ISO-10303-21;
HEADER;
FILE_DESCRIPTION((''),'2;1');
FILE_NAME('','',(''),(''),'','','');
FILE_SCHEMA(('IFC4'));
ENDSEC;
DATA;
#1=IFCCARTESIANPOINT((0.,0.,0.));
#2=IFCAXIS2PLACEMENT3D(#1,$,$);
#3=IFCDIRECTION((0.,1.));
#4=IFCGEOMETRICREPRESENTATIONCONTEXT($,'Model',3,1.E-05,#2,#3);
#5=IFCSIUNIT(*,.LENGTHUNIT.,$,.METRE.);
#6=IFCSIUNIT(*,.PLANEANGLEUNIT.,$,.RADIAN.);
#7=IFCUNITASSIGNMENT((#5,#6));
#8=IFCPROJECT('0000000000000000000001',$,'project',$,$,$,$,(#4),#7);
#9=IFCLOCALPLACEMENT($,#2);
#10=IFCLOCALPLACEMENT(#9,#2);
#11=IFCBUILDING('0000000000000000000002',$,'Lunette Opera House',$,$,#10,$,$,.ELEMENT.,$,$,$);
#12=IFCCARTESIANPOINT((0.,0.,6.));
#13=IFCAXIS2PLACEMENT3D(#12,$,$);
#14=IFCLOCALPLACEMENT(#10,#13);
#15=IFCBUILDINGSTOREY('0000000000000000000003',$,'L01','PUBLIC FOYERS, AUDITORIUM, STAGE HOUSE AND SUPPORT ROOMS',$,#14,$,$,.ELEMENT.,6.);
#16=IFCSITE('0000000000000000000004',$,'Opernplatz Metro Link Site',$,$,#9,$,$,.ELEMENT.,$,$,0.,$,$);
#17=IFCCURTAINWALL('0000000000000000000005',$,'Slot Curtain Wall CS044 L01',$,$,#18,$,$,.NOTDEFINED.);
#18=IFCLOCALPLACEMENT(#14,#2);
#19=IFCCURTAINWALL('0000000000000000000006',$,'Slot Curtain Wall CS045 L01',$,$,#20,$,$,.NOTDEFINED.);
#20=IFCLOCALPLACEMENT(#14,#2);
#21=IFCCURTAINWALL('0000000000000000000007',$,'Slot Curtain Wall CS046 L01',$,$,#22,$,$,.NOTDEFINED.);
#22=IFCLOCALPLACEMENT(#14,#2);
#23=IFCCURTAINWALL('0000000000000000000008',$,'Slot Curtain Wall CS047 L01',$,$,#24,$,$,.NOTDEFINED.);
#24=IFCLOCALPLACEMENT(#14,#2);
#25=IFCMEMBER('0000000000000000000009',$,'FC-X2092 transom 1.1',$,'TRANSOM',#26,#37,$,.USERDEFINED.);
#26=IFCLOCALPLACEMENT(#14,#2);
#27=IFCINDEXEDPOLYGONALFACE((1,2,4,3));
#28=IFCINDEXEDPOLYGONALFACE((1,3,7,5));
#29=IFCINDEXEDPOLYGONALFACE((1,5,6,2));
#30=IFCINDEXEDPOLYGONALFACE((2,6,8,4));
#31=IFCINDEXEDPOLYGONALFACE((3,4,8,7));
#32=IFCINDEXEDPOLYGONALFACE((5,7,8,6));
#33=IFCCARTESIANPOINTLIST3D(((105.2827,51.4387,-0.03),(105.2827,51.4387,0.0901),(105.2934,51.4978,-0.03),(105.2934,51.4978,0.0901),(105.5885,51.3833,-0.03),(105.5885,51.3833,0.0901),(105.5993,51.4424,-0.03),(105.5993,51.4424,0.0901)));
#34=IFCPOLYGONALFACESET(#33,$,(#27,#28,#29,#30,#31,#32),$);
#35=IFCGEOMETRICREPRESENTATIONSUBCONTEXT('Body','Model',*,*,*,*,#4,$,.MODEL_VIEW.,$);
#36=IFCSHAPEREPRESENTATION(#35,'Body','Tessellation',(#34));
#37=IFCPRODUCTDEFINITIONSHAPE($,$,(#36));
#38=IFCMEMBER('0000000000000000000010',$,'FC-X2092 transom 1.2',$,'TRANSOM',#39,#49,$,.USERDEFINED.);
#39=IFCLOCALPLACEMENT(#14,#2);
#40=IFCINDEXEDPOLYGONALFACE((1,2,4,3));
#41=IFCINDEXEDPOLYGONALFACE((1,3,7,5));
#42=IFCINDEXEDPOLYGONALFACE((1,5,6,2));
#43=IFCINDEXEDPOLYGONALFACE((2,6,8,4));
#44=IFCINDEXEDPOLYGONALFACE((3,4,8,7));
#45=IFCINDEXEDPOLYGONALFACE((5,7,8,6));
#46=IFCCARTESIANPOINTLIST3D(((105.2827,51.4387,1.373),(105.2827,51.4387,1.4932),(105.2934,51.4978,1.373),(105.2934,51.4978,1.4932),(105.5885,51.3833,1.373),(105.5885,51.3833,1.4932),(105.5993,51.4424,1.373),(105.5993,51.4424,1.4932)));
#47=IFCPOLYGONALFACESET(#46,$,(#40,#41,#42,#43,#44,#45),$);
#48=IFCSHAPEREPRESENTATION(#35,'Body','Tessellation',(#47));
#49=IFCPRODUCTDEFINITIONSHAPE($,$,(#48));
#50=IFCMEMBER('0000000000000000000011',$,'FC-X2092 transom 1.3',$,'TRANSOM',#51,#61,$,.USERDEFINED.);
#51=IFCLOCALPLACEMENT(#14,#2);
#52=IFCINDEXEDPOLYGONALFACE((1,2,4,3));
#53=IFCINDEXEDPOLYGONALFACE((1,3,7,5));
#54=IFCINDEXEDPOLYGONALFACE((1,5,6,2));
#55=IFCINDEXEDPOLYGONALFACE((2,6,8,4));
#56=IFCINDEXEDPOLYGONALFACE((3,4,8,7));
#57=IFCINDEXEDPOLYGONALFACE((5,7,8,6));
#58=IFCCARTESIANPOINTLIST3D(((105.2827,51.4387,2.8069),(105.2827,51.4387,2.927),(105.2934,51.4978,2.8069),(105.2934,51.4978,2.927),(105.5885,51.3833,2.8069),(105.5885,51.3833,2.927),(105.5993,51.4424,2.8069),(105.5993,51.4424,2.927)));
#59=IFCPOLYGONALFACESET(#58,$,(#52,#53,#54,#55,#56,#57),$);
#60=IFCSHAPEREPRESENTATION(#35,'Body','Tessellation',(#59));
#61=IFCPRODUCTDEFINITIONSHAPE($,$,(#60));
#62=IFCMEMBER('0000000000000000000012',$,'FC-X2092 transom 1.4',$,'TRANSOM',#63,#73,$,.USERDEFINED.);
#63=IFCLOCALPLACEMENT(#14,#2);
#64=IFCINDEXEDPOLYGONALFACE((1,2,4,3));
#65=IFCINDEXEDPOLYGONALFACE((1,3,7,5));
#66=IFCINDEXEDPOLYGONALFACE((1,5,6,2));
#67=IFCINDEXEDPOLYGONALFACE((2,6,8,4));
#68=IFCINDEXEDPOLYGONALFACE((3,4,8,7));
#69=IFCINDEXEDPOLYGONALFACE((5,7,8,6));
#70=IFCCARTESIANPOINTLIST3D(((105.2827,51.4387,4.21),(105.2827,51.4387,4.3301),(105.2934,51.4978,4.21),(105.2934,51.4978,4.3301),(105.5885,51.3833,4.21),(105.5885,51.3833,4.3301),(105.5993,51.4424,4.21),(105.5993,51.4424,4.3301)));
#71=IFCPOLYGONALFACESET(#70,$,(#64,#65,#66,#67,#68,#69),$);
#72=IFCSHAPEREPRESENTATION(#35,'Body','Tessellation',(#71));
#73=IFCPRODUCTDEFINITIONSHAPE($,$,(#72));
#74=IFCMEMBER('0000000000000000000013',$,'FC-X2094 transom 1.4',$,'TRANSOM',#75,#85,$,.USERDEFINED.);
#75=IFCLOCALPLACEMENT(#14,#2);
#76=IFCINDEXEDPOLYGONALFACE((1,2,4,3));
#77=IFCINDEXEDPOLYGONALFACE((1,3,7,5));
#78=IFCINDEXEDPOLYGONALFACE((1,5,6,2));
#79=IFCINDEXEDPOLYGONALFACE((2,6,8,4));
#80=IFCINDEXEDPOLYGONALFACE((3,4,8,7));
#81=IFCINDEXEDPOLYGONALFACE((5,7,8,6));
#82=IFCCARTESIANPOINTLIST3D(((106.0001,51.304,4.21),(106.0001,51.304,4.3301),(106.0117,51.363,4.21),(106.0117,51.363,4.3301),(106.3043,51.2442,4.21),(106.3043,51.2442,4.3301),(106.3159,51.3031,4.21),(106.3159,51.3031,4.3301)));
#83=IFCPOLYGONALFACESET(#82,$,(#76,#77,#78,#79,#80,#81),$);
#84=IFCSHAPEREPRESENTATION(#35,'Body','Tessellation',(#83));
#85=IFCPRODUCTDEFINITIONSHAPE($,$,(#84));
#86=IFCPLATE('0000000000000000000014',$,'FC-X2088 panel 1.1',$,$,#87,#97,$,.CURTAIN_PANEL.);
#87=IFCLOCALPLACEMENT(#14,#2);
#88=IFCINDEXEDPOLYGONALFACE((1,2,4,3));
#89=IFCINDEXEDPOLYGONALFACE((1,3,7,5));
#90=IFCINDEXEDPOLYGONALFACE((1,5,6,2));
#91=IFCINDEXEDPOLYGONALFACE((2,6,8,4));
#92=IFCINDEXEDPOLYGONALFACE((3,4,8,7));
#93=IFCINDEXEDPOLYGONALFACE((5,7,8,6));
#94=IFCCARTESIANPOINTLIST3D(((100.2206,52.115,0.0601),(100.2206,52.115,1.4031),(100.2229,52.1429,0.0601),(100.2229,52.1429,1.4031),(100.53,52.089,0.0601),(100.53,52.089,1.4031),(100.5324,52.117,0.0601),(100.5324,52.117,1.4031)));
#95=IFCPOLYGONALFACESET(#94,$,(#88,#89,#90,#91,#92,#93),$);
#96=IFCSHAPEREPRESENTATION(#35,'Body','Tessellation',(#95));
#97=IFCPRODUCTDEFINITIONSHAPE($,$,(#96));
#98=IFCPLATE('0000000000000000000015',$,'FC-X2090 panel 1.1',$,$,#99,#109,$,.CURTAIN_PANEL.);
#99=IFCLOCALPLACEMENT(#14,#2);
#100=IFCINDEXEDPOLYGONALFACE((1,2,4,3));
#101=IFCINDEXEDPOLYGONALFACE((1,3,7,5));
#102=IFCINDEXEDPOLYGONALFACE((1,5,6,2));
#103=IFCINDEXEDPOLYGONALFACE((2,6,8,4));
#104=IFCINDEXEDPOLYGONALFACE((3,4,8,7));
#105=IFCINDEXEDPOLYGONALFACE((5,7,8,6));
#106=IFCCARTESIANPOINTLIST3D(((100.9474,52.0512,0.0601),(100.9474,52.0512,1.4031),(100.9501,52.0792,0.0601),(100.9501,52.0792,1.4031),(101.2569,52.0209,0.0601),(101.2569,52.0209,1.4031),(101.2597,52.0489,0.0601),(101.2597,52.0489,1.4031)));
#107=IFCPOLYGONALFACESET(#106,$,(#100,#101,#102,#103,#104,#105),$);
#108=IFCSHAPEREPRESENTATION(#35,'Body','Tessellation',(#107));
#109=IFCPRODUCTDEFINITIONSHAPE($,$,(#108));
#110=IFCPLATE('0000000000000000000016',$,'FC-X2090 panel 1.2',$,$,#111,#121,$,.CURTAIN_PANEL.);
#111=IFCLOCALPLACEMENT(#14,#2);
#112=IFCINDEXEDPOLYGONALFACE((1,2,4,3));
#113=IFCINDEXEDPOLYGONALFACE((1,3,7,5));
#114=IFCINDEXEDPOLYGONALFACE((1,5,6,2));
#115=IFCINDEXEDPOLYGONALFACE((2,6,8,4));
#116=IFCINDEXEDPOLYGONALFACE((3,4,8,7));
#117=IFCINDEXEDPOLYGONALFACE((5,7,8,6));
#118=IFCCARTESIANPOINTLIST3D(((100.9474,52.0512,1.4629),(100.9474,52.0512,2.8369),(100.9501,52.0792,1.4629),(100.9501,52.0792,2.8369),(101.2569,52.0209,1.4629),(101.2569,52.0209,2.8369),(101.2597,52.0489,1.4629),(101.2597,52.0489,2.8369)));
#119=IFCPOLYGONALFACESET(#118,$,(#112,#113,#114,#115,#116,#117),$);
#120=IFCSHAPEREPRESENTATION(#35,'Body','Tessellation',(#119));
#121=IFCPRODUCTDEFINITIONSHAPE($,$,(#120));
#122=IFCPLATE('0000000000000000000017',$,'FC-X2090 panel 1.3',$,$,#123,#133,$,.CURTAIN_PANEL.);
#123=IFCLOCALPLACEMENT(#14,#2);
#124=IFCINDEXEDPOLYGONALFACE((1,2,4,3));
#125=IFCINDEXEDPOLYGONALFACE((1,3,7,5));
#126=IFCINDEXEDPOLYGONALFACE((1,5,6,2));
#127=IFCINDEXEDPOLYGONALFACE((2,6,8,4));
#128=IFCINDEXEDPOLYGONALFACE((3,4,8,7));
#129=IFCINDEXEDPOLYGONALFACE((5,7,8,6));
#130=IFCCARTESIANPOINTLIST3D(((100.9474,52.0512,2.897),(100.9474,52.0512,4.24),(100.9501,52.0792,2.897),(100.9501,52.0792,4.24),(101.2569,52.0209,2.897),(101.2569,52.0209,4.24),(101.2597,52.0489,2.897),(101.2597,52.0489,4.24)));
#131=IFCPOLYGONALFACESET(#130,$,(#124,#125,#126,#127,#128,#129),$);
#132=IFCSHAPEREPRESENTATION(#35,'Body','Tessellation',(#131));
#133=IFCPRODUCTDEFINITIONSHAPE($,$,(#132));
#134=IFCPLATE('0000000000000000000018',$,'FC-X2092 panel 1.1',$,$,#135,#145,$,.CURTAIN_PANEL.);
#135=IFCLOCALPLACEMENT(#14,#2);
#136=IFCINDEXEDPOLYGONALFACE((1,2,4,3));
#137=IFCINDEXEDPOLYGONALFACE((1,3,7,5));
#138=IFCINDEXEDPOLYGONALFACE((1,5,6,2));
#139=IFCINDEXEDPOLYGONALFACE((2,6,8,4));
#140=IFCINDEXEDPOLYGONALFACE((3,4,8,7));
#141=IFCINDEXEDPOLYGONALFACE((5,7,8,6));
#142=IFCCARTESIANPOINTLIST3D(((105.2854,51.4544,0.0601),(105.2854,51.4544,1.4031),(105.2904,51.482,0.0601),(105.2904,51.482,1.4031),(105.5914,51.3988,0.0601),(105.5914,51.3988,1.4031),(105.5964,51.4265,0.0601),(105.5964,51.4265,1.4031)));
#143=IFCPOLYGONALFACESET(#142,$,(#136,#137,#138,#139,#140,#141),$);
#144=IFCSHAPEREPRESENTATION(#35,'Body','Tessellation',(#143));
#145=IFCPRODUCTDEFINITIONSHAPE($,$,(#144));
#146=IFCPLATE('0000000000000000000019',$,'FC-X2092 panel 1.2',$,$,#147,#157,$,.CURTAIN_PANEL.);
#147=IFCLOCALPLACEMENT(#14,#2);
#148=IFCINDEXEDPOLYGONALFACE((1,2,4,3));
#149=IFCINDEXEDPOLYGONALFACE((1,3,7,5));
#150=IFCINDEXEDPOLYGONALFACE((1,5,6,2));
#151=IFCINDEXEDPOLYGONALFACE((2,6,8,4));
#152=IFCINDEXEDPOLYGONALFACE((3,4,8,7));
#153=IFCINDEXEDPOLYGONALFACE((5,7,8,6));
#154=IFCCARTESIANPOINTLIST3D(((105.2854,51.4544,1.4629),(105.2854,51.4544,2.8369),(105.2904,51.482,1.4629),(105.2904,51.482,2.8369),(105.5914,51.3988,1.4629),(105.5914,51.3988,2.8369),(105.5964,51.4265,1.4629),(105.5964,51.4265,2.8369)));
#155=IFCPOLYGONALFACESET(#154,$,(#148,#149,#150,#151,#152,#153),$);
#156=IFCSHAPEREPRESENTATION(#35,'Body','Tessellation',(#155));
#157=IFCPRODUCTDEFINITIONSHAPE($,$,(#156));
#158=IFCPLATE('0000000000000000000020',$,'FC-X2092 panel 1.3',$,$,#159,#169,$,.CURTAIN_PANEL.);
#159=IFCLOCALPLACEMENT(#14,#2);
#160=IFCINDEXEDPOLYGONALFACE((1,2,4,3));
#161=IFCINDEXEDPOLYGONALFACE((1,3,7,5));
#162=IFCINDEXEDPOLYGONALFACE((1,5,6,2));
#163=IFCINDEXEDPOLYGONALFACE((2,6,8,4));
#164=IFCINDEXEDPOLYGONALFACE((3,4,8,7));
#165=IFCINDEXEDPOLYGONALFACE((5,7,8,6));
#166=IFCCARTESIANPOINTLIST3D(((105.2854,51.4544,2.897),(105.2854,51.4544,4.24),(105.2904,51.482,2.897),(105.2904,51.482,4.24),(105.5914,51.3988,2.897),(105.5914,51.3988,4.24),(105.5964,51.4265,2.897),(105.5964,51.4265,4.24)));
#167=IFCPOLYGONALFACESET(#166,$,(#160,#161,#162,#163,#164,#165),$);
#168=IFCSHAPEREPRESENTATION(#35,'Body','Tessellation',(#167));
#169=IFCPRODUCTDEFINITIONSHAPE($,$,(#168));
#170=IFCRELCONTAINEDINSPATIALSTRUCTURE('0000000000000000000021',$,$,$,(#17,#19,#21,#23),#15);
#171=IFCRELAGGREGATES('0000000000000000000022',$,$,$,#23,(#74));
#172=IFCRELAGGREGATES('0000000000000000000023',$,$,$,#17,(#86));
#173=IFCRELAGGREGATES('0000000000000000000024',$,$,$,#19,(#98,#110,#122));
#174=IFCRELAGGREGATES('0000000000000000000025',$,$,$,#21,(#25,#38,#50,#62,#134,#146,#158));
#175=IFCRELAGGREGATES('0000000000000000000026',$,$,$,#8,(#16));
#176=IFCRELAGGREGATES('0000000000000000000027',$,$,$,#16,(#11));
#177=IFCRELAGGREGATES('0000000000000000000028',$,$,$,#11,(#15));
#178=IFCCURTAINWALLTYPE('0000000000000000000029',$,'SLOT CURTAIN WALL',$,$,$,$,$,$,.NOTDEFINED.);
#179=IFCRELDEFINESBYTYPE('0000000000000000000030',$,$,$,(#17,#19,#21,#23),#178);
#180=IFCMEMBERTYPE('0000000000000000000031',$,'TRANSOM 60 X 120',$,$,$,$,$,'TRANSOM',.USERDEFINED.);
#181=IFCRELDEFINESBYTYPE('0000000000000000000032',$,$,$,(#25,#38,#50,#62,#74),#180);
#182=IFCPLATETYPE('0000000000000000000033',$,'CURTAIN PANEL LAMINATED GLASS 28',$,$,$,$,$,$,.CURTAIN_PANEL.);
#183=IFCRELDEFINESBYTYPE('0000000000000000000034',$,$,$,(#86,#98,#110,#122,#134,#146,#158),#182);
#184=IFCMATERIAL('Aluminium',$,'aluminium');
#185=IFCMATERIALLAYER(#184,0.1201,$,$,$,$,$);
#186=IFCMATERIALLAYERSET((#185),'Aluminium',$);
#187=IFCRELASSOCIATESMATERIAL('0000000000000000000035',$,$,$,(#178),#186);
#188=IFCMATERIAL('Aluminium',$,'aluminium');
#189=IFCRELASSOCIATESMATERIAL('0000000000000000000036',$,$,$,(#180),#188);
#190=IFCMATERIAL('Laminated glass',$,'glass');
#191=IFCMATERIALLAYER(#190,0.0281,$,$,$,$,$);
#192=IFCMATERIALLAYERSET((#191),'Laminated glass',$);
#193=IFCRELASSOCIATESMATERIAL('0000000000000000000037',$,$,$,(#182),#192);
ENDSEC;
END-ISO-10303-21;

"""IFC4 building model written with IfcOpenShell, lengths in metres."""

from ifc_helpers import new_model, si_unit, direction, frame, origin, origin_2d, place, context, subcontext, project, spatial, rectangle, extrude, material, layer, layer_set, material_profile, profile_set, type_object, element, aggregate, save


model = new_model("IFC4")

# Units and contexts
model_context = context("Model", 3, precision=1e-05, world=origin(), true_north=direction((0.0, 1.0)))
body_context = subcontext(model_context, "Body", "Model", "MODEL_VIEW")
ifc_project = project(units=[si_unit("LENGTHUNIT", "METRE"), si_unit("PLANEANGLEUNIT", "RADIAN")], contexts=[model_context])

# Site, building, storey
site_placement = place(None, origin())
site = spatial("IfcSite", under=ifc_project, at=site_placement, Name="Opernplatz Metro Link Site", CompositionType="ELEMENT", RefElevation=0.0)
building_placement = place(site_placement, origin())
building = spatial("IfcBuilding", under=site, at=building_placement, Name="Lunette Opera House", CompositionType="ELEMENT")
storey_placement = place(building_placement, frame((0.0, 0.0, 6.0)))
storey = spatial("IfcBuildingStorey", under=building, at=storey_placement, Name="L01", Description="PUBLIC FOYERS, AUDITORIUM, STAGE HOUSE AND SUPPORT ROOMS", CompositionType="ELEMENT", Elevation=6.0)

# Curtain wall
ifc_material_1 = material(Name="Aluminium", Category="aluminium")
ifc_layer_1 = layer(ifc_material_1, 0.1201)
ifc_layer_set_1 = layer_set([ifc_layer_1], Name="Aluminium")
curtain_wall_type = type_object("IfcCurtainWallType", Name="SLOT CURTAIN WALL", PredefinedType="NOTDEFINED", material=ifc_layer_set_1)
curtain_wall_1_placement = place(storey_placement, origin())
curtain_wall_1 = element("IfcCurtainWall", 1, at=curtain_wall_1_placement, inside=storey, type_object=curtain_wall_type, Name="Slot Curtain Wall CS044 L01", PredefinedType="NOTDEFINED")

# Curtain walls
curtain_wall_2_placement = place(storey_placement, origin())
curtain_wall_2 = element("IfcCurtainWall", 2, at=curtain_wall_2_placement, inside=storey, type_object=curtain_wall_type, Name="Slot Curtain Wall CS045 L01", PredefinedType="NOTDEFINED")
curtain_wall_3_placement = place(storey_placement, origin())
curtain_wall_3 = element("IfcCurtainWall", 3, at=curtain_wall_3_placement, inside=storey, type_object=curtain_wall_type, Name="Slot Curtain Wall CS046 L01", PredefinedType="NOTDEFINED")

# Curtain wall
curtain_wall_4_placement = place(storey_placement, origin())
curtain_wall_4 = element("IfcCurtainWall", 4, at=curtain_wall_4_placement, inside=storey, type_object=curtain_wall_type, Name="Slot Curtain Wall CS047 L01", PredefinedType="NOTDEFINED")

# Members
ifc_material_2 = material(Name="Aluminium", Category="aluminium")
ifc_material_profile_1 = material_profile(ifc_material_2, rectangle(XDim=0.0601, YDim=0.1201, at=origin_2d()), Name="TRANSOM 60 X 120")
ifc_profile_set_1 = profile_set([ifc_material_profile_1], Name="Aluminium")
member_type_1 = type_object("IfcMemberType", Name="TRANSOM 60 X 120", ElementType="TRANSOM", PredefinedType="USERDEFINED", material=ifc_profile_set_1)
member_1_placement = place(storey_placement, frame((105.2881, 51.4683, 0.03), z_axis=(0.983983, -0.178263, 0.0), x_axis=(0.178263, 0.983983, 0.0)))
member_1 = element("IfcMember", 5, at=member_1_placement, type_object=member_type_1, Name="FC-X2092 transom 1.1", ObjectType="TRANSOM", PredefinedType="USERDEFINED", context=body_context, shape_type="SweptSolid", body=[
    extrude(rectangle(XDim=0.0601, YDim=0.1201, at=origin_2d()), origin(), (0.0, 0.0, 1.0), 0.3108),
])
member_2_placement = place(storey_placement, frame((105.2881, 51.4683, 1.4331), z_axis=(0.983983, -0.178263, 0.0), x_axis=(0.178263, 0.983983, 0.0)))
member_2 = element("IfcMember", 6, at=member_2_placement, type_object=member_type_1, Name="FC-X2092 transom 1.2", ObjectType="TRANSOM", PredefinedType="USERDEFINED", context=body_context, shape_type="SweptSolid", body=[
    extrude(rectangle(XDim=0.0601, YDim=0.1201, at=origin_2d()), origin(), (0.0, 0.0, 1.0), 0.3108),
])
member_3_placement = place(storey_placement, frame((105.2881, 51.4683, 2.8669), z_axis=(0.983983, -0.178263, 0.0), x_axis=(0.178263, 0.983983, 0.0)))
member_3 = element("IfcMember", 7, at=member_3_placement, type_object=member_type_1, Name="FC-X2092 transom 1.3", ObjectType="TRANSOM", PredefinedType="USERDEFINED", context=body_context, shape_type="SweptSolid", body=[
    extrude(rectangle(XDim=0.0601, YDim=0.1201, at=origin_2d()), origin(), (0.0, 0.0, 1.0), 0.3108),
])
member_4_placement = place(storey_placement, frame((105.2881, 51.4683, 4.27), z_axis=(0.983983, -0.178263, 0.0), x_axis=(0.178263, 0.983983, 0.0)))
member_4 = element("IfcMember", 8, at=member_4_placement, type_object=member_type_1, Name="FC-X2092 transom 1.4", ObjectType="TRANSOM", PredefinedType="USERDEFINED", context=body_context, shape_type="SweptSolid", body=[
    extrude(rectangle(XDim=0.0601, YDim=0.1201, at=origin_2d()), origin(), (0.0, 0.0, 1.0), 0.3108),
])
member_5_placement = place(storey_placement, frame((106.0059, 51.3335, 4.27), z_axis=(0.981212, -0.192935, 0.0), x_axis=(0.192935, 0.981212, 0.0)))
member_5 = element("IfcMember", 9, at=member_5_placement, type_object=member_type_1, Name="FC-X2094 transom 1.4", ObjectType="TRANSOM", PredefinedType="USERDEFINED", context=body_context, shape_type="SweptSolid", body=[
    extrude(rectangle(XDim=0.0601, YDim=0.1201, at=origin_2d()), origin(), (0.0, 0.0, 1.0), 0.3101),
])
aggregate(curtain_wall_4, [member_5])

# Plates
ifc_material_3 = material(Name="Laminated glass", Category="glass")
ifc_layer_2 = layer(ifc_material_3, 0.0281)
ifc_layer_set_2 = layer_set([ifc_layer_2], Name="Laminated glass")
plate_type = type_object("IfcPlateType", Name="CURTAIN PANEL LAMINATED GLASS 28", PredefinedType="CURTAIN_PANEL", material=ifc_layer_set_2)
plate_1_placement = place(storey_placement, frame((100.3765, 52.116, 0.0601), z_axis=(0.0, 0.0, 1.0), x_axis=(0.996498, -0.083622, 0.0)))
plate_1 = element("IfcPlate", 10, at=plate_1_placement, type_object=plate_type, Name="FC-X2088 panel 1.1", PredefinedType="CURTAIN_PANEL", context=body_context, shape_type="SweptSolid", body=[
    extrude(rectangle(XDim=0.3105, YDim=0.0281, at=origin_2d()), origin(), (0.0, 0.0, 1.0), 1.343),
])
aggregate(curtain_wall_1, [plate_1])
plate_2_placement = place(storey_placement, frame((101.1035, 52.05, 0.0601), z_axis=(0.0, 0.0, 1.0), x_axis=(0.995242, -0.097436, 0.0)))
plate_2 = element("IfcPlate", 11, at=plate_2_placement, type_object=plate_type, Name="FC-X2090 panel 1.1", PredefinedType="CURTAIN_PANEL", context=body_context, shape_type="SweptSolid", body=[
    extrude(rectangle(XDim=0.311, YDim=0.0281, at=origin_2d()), origin(), (0.0, 0.0, 1.0), 1.343),
])
plate_3_placement = place(storey_placement, frame((101.1035, 52.05, 1.4629), z_axis=(0.0, 0.0, 1.0), x_axis=(0.995242, -0.097436, 0.0)))
plate_3 = element("IfcPlate", 12, at=plate_3_placement, type_object=plate_type, Name="FC-X2090 panel 1.2", PredefinedType="CURTAIN_PANEL", context=body_context, shape_type="SweptSolid", body=[
    extrude(rectangle(XDim=0.311, YDim=0.0281, at=origin_2d()), origin(), (0.0, 0.0, 1.0), 1.374),
])
plate_4_placement = place(storey_placement, frame((101.1035, 52.05, 2.897), z_axis=(0.0, 0.0, 1.0), x_axis=(0.995242, -0.097436, 0.0)))
plate_4 = element("IfcPlate", 13, at=plate_4_placement, type_object=plate_type, Name="FC-X2090 panel 1.3", PredefinedType="CURTAIN_PANEL", context=body_context, shape_type="SweptSolid", body=[
    extrude(rectangle(XDim=0.311, YDim=0.0281, at=origin_2d()), origin(), (0.0, 0.0, 1.0), 1.343),
])
aggregate(curtain_wall_2, [plate_2, plate_3, plate_4])
plate_5_placement = place(storey_placement, frame((105.4409, 51.4404, 0.0601), z_axis=(0.0, 0.0, 1.0), x_axis=(0.983907, -0.178681, 0.0)))
plate_5 = element("IfcPlate", 14, at=plate_5_placement, type_object=plate_type, Name="FC-X2092 panel 1.1", PredefinedType="CURTAIN_PANEL", context=body_context, shape_type="SweptSolid", body=[
    extrude(rectangle(XDim=0.311, YDim=0.0281, at=origin_2d()), origin(), (0.0, 0.0, 1.0), 1.343),
])
plate_6_placement = place(storey_placement, frame((105.4409, 51.4404, 1.4629), z_axis=(0.0, 0.0, 1.0), x_axis=(0.983907, -0.178681, 0.0)))
plate_6 = element("IfcPlate", 15, at=plate_6_placement, type_object=plate_type, Name="FC-X2092 panel 1.2", PredefinedType="CURTAIN_PANEL", context=body_context, shape_type="SweptSolid", body=[
    extrude(rectangle(XDim=0.311, YDim=0.0281, at=origin_2d()), origin(), (0.0, 0.0, 1.0), 1.374),
])
plate_7_placement = place(storey_placement, frame((105.4409, 51.4404, 2.897), z_axis=(0.0, 0.0, 1.0), x_axis=(0.983907, -0.178681, 0.0)))
plate_7 = element("IfcPlate", 16, at=plate_7_placement, type_object=plate_type, Name="FC-X2092 panel 1.3", PredefinedType="CURTAIN_PANEL", context=body_context, shape_type="SweptSolid", body=[
    extrude(rectangle(XDim=0.311, YDim=0.0281, at=origin_2d()), origin(), (0.0, 0.0, 1.0), 1.343),
])
aggregate(curtain_wall_3, [member_1, member_2, member_3, member_4, plate_5, plate_6, plate_7])

save(model, "model.ifc")
